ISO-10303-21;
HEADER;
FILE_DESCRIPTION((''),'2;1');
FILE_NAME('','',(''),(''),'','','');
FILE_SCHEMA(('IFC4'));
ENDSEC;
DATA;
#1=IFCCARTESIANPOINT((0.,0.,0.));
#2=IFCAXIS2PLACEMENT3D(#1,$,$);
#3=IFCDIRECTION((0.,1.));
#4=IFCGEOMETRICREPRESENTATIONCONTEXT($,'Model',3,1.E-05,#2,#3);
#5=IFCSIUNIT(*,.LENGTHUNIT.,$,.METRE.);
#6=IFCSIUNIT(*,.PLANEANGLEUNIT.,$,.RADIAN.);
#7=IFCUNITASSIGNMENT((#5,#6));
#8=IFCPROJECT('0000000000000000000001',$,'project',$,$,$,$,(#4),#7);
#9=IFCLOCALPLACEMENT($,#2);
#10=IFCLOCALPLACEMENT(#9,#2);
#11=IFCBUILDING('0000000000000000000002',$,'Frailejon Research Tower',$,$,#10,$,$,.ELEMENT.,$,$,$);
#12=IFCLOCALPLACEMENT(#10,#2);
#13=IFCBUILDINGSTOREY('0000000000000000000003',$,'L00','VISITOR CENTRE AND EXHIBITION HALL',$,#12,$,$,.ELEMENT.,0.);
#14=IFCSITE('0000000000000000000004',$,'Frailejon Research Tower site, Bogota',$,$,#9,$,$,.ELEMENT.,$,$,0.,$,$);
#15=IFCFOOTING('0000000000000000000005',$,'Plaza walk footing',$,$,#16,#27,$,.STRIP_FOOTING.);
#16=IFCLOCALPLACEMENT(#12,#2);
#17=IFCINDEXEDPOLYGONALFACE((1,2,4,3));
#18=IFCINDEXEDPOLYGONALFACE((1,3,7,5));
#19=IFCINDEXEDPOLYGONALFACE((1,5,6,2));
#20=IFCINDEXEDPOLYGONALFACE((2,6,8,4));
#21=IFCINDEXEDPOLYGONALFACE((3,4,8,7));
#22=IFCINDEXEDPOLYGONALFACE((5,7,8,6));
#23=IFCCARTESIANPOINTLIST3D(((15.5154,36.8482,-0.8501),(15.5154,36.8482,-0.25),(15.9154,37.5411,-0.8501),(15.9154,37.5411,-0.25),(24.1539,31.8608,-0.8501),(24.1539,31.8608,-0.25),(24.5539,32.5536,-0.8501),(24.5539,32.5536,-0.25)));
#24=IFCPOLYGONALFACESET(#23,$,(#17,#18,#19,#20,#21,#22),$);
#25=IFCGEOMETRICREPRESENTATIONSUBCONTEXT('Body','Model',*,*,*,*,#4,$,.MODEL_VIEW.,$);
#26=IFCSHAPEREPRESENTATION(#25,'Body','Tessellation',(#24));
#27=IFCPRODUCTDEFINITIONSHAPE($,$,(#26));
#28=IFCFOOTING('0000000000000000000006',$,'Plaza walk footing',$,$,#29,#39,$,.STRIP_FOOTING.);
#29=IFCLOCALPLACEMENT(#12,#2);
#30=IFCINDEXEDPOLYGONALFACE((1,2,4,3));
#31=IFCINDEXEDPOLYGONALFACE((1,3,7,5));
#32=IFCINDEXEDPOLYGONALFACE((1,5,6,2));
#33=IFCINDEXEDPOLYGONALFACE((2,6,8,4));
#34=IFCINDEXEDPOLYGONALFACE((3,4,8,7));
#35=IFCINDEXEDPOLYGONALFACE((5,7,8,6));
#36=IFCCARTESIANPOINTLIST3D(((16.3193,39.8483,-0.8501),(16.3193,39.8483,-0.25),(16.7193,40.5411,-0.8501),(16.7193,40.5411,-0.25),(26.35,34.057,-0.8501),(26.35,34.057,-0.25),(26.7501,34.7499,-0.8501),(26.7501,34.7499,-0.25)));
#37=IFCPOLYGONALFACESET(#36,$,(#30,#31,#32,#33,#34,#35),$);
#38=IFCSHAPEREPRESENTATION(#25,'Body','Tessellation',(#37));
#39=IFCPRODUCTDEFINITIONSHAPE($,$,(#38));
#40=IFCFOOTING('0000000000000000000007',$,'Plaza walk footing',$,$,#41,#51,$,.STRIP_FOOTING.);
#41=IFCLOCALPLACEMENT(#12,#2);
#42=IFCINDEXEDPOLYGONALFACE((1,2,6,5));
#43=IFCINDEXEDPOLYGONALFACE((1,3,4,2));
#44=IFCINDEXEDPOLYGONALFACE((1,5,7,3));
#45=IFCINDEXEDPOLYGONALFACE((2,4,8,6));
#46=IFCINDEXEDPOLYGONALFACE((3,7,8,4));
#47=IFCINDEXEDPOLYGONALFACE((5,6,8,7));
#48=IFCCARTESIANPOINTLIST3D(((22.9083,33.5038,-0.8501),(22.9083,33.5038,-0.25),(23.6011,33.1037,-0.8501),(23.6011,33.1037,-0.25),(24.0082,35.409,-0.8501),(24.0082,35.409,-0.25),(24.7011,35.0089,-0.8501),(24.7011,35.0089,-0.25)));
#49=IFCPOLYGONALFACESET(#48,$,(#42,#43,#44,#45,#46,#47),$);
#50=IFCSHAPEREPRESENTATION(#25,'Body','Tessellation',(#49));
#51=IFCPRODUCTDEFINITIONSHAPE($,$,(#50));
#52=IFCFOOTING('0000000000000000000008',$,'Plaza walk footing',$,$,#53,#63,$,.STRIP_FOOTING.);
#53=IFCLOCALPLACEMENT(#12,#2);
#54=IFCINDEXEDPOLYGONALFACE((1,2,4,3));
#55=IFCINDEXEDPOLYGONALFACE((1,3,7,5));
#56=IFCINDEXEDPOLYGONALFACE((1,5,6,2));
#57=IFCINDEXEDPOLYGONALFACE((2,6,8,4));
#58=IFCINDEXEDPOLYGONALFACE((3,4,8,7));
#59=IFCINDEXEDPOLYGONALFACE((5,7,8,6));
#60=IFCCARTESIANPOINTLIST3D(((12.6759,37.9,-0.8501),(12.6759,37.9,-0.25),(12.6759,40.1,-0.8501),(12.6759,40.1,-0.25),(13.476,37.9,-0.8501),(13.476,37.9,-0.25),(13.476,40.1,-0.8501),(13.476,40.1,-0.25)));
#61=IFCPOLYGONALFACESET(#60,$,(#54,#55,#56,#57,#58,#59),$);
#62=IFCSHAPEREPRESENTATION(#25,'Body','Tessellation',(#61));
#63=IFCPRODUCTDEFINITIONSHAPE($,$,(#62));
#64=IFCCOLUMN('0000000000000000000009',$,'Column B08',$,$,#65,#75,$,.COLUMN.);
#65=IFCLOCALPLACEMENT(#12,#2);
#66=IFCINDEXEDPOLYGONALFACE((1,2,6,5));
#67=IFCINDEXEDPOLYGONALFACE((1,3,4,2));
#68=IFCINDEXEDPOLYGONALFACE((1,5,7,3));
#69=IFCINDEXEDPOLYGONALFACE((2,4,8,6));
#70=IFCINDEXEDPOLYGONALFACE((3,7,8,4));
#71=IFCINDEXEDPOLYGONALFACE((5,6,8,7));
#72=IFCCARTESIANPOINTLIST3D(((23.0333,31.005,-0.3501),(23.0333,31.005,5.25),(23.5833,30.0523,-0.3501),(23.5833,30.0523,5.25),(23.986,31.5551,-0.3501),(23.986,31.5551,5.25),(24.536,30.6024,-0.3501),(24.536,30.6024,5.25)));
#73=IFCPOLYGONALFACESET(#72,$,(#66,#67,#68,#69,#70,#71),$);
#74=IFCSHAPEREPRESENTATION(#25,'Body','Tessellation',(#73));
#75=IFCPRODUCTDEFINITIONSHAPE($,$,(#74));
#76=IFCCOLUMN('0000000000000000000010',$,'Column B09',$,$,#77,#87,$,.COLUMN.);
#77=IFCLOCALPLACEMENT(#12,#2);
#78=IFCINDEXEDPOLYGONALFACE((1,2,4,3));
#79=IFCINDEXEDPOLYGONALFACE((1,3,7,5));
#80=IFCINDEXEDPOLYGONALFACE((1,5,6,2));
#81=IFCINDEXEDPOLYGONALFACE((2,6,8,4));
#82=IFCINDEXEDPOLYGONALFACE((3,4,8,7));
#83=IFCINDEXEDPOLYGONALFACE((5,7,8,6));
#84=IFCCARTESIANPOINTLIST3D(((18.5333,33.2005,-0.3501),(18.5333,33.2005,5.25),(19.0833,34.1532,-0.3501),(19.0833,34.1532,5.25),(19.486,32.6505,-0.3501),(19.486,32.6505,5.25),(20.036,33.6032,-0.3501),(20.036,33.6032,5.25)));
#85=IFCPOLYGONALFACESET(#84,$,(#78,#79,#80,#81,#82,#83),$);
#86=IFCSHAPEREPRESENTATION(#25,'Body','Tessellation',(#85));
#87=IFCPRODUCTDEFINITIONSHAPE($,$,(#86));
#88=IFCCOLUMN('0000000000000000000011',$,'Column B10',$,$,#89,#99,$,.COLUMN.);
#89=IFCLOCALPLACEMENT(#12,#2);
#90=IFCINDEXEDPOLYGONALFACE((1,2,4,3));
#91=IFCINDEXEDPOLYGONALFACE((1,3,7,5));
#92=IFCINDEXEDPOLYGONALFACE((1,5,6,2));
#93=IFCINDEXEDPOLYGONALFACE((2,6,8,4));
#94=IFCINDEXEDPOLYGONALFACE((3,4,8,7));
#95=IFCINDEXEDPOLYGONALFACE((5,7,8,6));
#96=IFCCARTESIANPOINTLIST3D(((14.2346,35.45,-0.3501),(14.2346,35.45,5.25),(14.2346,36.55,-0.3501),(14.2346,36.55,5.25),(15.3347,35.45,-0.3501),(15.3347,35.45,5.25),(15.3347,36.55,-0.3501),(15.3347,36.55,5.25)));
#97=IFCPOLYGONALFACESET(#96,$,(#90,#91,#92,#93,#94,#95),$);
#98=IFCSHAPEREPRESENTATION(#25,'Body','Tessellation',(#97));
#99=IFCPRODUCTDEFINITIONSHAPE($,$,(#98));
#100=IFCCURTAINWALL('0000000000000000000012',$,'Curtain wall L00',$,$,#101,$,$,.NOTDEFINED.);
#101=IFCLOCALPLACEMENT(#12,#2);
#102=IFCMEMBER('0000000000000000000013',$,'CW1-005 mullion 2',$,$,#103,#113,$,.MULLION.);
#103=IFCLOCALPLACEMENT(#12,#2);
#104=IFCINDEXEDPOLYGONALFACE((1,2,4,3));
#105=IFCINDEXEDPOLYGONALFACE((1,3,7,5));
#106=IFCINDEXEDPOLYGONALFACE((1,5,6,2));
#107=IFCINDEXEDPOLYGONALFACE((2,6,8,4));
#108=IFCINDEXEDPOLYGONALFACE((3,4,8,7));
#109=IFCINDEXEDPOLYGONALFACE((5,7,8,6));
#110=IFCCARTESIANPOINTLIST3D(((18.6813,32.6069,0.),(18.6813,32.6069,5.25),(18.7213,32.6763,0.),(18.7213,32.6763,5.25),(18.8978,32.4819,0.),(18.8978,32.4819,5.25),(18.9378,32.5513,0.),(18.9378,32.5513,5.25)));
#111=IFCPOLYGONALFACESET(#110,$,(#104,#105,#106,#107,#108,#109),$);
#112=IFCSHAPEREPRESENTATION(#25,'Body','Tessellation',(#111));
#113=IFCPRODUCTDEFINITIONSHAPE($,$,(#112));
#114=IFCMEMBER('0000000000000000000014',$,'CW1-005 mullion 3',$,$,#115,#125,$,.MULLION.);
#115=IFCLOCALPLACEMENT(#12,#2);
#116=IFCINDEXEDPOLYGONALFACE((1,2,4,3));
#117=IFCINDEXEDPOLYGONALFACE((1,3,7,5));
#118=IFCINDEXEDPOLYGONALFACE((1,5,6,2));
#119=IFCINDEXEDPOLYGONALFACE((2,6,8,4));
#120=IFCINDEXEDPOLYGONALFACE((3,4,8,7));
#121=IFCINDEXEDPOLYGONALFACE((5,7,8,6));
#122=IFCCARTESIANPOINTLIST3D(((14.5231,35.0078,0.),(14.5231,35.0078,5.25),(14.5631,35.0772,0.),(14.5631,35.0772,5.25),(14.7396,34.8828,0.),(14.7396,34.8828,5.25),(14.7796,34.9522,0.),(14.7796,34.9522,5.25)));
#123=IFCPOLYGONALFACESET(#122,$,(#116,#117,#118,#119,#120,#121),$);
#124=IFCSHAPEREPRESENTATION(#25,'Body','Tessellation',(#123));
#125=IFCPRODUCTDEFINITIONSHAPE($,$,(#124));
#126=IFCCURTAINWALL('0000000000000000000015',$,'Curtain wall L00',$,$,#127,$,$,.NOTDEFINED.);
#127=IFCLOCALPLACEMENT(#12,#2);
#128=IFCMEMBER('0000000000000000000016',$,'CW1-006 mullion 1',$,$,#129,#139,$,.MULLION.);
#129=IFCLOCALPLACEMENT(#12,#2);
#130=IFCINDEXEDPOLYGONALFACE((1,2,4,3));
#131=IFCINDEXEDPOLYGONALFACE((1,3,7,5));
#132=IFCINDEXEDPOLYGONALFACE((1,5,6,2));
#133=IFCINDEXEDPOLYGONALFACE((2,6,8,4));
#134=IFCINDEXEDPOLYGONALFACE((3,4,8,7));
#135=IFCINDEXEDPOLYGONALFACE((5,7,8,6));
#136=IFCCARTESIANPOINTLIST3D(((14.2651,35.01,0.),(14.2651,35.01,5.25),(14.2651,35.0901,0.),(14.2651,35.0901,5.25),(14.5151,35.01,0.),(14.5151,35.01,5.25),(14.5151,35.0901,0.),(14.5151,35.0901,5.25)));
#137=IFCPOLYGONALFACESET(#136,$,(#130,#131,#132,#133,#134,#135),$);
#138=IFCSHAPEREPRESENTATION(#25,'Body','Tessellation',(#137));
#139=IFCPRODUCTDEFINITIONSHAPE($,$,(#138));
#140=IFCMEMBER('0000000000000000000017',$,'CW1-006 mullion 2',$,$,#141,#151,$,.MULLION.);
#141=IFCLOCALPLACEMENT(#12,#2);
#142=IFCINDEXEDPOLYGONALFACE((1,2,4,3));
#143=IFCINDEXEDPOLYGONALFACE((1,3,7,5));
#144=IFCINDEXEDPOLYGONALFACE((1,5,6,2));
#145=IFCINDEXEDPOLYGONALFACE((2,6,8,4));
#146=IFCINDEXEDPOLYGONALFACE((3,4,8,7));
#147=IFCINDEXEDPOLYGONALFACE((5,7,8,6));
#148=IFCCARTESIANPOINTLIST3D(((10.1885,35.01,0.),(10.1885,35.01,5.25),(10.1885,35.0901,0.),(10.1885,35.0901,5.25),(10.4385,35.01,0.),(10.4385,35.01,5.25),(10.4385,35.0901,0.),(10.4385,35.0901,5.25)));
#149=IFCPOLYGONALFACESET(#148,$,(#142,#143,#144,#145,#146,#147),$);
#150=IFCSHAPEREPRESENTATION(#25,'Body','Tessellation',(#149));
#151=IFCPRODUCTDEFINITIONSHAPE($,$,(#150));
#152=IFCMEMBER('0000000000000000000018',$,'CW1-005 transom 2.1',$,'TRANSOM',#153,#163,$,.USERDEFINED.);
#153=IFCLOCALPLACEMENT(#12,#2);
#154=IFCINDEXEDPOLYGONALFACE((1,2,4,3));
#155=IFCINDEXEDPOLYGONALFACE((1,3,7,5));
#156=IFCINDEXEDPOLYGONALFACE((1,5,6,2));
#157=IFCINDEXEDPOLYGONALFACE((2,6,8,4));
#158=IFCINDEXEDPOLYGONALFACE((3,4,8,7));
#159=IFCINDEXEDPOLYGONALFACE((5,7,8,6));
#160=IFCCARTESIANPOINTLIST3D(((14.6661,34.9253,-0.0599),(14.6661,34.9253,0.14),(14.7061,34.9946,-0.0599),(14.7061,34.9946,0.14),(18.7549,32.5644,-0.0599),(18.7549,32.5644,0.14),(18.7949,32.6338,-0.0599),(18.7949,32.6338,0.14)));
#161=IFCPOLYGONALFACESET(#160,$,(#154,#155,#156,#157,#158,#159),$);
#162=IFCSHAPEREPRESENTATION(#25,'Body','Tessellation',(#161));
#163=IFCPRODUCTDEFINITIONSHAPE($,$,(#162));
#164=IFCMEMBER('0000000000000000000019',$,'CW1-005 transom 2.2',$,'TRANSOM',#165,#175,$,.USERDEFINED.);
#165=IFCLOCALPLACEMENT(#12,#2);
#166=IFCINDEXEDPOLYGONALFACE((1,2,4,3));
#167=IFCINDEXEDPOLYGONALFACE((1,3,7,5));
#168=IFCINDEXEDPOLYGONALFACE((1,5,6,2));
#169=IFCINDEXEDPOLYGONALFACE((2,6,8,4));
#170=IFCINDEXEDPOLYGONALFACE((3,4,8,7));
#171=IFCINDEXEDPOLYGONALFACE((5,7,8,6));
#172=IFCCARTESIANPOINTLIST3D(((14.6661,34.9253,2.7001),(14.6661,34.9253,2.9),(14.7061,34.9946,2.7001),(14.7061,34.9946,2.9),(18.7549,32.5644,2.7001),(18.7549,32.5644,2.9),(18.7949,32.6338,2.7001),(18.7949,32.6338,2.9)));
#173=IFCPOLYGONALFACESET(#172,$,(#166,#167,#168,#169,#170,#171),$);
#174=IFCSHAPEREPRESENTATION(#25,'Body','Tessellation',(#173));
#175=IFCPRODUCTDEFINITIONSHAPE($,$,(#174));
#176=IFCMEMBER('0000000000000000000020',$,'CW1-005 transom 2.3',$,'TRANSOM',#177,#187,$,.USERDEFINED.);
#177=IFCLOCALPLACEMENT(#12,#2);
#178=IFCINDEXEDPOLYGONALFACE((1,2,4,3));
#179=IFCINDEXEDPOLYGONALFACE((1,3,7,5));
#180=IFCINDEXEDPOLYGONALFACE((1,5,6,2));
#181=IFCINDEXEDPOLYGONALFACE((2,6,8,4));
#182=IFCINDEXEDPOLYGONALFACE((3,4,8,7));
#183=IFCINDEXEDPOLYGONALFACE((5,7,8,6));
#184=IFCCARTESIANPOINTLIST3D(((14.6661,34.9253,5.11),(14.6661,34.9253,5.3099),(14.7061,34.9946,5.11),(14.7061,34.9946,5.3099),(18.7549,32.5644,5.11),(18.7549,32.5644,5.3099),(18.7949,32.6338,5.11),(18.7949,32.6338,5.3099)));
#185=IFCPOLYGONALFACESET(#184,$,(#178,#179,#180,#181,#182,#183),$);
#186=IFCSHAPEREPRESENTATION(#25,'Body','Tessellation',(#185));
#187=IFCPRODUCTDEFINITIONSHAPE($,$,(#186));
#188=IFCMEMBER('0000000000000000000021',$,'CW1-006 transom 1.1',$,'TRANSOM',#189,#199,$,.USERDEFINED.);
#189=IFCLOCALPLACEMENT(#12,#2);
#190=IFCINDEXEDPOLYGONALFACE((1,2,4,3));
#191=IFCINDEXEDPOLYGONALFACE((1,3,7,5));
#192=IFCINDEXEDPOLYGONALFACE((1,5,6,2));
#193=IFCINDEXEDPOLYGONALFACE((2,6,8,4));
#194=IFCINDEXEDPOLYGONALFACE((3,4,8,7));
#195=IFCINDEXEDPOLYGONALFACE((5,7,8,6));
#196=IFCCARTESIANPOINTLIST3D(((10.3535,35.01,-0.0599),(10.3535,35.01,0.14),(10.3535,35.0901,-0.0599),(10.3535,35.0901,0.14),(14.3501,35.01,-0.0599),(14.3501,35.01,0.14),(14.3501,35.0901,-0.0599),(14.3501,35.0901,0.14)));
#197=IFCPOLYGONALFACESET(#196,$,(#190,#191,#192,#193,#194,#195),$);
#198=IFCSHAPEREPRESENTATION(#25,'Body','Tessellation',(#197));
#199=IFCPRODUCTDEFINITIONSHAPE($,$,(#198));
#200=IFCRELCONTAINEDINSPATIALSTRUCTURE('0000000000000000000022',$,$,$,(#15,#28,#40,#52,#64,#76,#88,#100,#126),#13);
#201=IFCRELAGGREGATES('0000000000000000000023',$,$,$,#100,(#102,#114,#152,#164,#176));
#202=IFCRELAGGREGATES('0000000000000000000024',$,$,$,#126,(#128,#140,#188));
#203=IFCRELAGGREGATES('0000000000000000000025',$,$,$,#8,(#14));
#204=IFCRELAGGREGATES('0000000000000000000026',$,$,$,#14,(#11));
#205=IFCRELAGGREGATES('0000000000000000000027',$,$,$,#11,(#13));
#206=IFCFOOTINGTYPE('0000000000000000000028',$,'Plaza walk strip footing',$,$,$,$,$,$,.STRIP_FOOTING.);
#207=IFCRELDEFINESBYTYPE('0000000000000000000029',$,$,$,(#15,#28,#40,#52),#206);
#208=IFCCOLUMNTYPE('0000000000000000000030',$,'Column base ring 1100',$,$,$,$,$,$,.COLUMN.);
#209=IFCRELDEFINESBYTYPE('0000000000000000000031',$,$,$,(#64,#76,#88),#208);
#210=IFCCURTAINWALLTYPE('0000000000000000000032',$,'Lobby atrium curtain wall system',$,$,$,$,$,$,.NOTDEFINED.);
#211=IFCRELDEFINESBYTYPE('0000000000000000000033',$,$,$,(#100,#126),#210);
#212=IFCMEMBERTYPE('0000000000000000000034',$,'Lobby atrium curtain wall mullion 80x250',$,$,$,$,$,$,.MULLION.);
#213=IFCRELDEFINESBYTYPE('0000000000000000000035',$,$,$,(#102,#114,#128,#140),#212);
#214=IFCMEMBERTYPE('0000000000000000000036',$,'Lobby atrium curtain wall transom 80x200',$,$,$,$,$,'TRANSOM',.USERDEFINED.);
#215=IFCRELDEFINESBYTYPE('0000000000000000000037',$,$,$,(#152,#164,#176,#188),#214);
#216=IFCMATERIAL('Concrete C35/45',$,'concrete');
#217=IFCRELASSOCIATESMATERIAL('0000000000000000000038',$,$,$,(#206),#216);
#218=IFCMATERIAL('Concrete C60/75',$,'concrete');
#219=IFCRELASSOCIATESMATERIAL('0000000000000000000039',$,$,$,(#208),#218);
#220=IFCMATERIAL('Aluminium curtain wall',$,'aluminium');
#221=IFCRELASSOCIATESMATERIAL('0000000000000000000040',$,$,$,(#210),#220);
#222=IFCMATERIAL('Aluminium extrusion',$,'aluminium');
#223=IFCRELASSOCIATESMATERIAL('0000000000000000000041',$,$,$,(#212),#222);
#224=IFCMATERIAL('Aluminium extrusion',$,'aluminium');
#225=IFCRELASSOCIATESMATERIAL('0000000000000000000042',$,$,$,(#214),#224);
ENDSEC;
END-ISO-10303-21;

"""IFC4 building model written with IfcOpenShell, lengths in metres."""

from ifc_helpers import new_model, si_unit, direction, frame, origin, origin_2d, place, context, subcontext, project, spatial, rectangle, extrude, material, material_profile, profile_set, type_object, element, aggregate, save


model = new_model("IFC4")

# Units and contexts
model_context = context("Model", 3, precision=1e-05, world=origin(), true_north=direction((0.0, 1.0)))
body_context = subcontext(model_context, "Body", "Model", "MODEL_VIEW")
ifc_project = project(units=[si_unit("LENGTHUNIT", "METRE"), si_unit("PLANEANGLEUNIT", "RADIAN")], contexts=[model_context])

# Site, building, storey
site_placement = place(None, origin())
site = spatial("IfcSite", under=ifc_project, at=site_placement, Name="Frailejon Research Tower site, Bogota", CompositionType="ELEMENT", RefElevation=0.0)
building_placement = place(site_placement, origin())
building = spatial("IfcBuilding", under=site, at=building_placement, Name="Frailejon Research Tower", CompositionType="ELEMENT")
storey_placement = place(building_placement, origin())
storey = spatial("IfcBuildingStorey", under=building, at=storey_placement, Name="L00", Description="VISITOR CENTRE AND EXHIBITION HALL", CompositionType="ELEMENT", Elevation=0.0)

# Footings
ifc_material_1 = material(Name="Concrete C35/45", Category="concrete")
footing_type = type_object("IfcFootingType", Name="Plaza walk strip footing", PredefinedType="STRIP_FOOTING", material=ifc_material_1)
footing_1_placement = place(storey_placement, frame((20.0347, 34.7009, -0.8501), z_axis=(0.0, 0.0, 1.0), x_axis=(0.5, 0.866025, 0.0)))
element("IfcFooting", 1, at=footing_1_placement, inside=storey, type_object=footing_type, Name="Plaza walk footing", PredefinedType="STRIP_FOOTING", context=body_context, shape_type="SweptSolid", body=[
    extrude(rectangle(XDim=0.8, YDim=9.9749, at=origin_2d()), origin(), (0.0, 0.0, 1.0), 0.6001),
])
footing_2_placement = place(storey_placement, frame((21.5347, 37.2991, -0.8501), z_axis=(0.0, 0.0, 1.0), x_axis=(0.5, 0.866025, 0.0)))
element("IfcFooting", 2, at=footing_2_placement, inside=storey, type_object=footing_type, Name="Plaza walk footing", PredefinedType="STRIP_FOOTING", context=body_context, shape_type="SweptSolid", body=[
    extrude(rectangle(XDim=0.8, YDim=11.5825, at=origin_2d()), origin(), (0.0, 0.0, 1.0), 0.6001),
])
for number, where, z_axis, x_axis, name in (
    (3, (23.8047, 34.2563, -0.8501), (0.0, 0.0, 1.0), (0.866025, -0.5, 0.0), "Plaza walk footing"),
    (4, (13.0759, 39.0, -0.8501), (0.0, 0.0, 1.0), (1.0, 0.0, 0.0), "Plaza walk footing"),
):
    element("IfcFooting", number, at=place(storey_placement, frame(where, z_axis=z_axis, x_axis=x_axis)), inside=storey, type_object=footing_type, Name=name, PredefinedType="STRIP_FOOTING", context=body_context, shape_type="SweptSolid", body=[
        extrude(rectangle(XDim=0.8, YDim=2.2, at=origin_2d()), origin(), (0.0, 0.0, 1.0), 0.6001),
    ])

# Columns
ifc_material_2 = material(Name="Concrete C60/75", Category="concrete")
ifc_material_profile_1 = material_profile(ifc_material_2, rectangle(XDim=1.1001, YDim=1.1001, at=origin_2d()), Name="Column base ring 1100")
ifc_profile_set_1 = profile_set([ifc_material_profile_1], Name="Concrete C60/75")
column_type = type_object("IfcColumnType", Name="Column base ring 1100", PredefinedType="COLUMN", material=ifc_profile_set_1)
for number, where, z_axis, x_axis, name in (
    (5, (23.7847, 30.8037, -0.3501), (0.0, 0.0, 1.0), (-0.5, 0.866025, 0.0), "Column B08"),
    (6, (19.2847, 33.4019, -0.3501), (0.0, 0.0, 1.0), (-0.866025, 0.5, 0.0), "Column B09"),
    (7, (14.7847, 36.0, -0.3501), (0.0, 0.0, 1.0), (-1.0, 0.0, 0.0), "Column B10"),
):
    element("IfcColumn", number, at=place(storey_placement, frame(where, z_axis=z_axis, x_axis=x_axis)), inside=storey, type_object=column_type, Name=name, PredefinedType="COLUMN", context=body_context, shape_type="SweptSolid", body=[
        extrude(rectangle(XDim=1.1001, YDim=1.1001, at=origin_2d()), origin(), (0.0, 0.0, 1.0), 5.6001),
    ])

# Curtain walls, members
ifc_material_3 = material(Name="Aluminium curtain wall", Category="aluminium")
curtain_wall_type = type_object("IfcCurtainWallType", Name="Lobby atrium curtain wall system", PredefinedType="NOTDEFINED", material=ifc_material_3)
curtain_wall_1_placement = place(storey_placement, origin())
curtain_wall_1 = element("IfcCurtainWall", 8, at=curtain_wall_1_placement, inside=storey, type_object=curtain_wall_type, Name="Curtain wall L00", PredefinedType="NOTDEFINED")
ifc_material_4 = material(Name="Aluminium extrusion", Category="aluminium")
ifc_material_profile_2 = material_profile(ifc_material_4, rectangle(XDim=0.0801, YDim=0.25, at=origin_2d()), Name="Lobby atrium curtain wall mullion 80x250")
ifc_profile_set_2 = profile_set([ifc_material_profile_2], Name="Aluminium extrusion")
member_type_1 = type_object("IfcMemberType", Name="Lobby atrium curtain wall mullion 80x250", PredefinedType="MULLION", material=ifc_profile_set_2)
member_1_placement = place(storey_placement, frame((18.8096, 32.5791, 0.0), z_axis=(0.0, 0.0, 1.0), x_axis=(-0.5, -0.866025, 0.0)))
member_1 = element("IfcMember", 9, at=member_1_placement, type_object=member_type_1, Name="CW1-005 mullion 2", PredefinedType="MULLION", context=body_context, shape_type="SweptSolid", body=[
    extrude(rectangle(XDim=0.0801, YDim=0.25, at=origin_2d()), origin(), (0.0, 0.0, 1.0), 5.25),
])
member_2_placement = place(storey_placement, frame((14.6514, 34.98, 0.0), z_axis=(0.0, 0.0, 1.0), x_axis=(-0.5, -0.866025, 0.0)))
member_2 = element("IfcMember", 10, at=member_2_placement, type_object=member_type_1, Name="CW1-005 mullion 3", PredefinedType="MULLION", context=body_context, shape_type="SweptSolid", body=[
    extrude(rectangle(XDim=0.0801, YDim=0.25, at=origin_2d()), origin(), (0.0, 0.0, 1.0), 5.25),
])
curtain_wall_2_placement = place(storey_placement, origin())
curtain_wall_2 = element("IfcCurtainWall", 11, at=curtain_wall_2_placement, inside=storey, type_object=curtain_wall_type, Name="Curtain wall L00", PredefinedType="NOTDEFINED")
member_3_placement = place(storey_placement, frame((14.3901, 35.05, 0.0), z_axis=(0.0, 0.0, 1.0), x_axis=(0.0, -1.0, 0.0)))
member_3 = element("IfcMember", 12, at=member_3_placement, type_object=member_type_1, Name="CW1-006 mullion 1", PredefinedType="MULLION", context=body_context, shape_type="SweptSolid", body=[
    extrude(rectangle(XDim=0.0801, YDim=0.25, at=origin_2d()), origin(), (0.0, 0.0, 1.0), 5.25),
])
member_4_placement = place(storey_placement, frame((10.3135, 35.05, 0.0), z_axis=(0.0, 0.0, 1.0), x_axis=(0.0, -1.0, 0.0)))
member_4 = element("IfcMember", 13, at=member_4_placement, type_object=member_type_1, Name="CW1-006 mullion 2", PredefinedType="MULLION", context=body_context, shape_type="SweptSolid", body=[
    extrude(rectangle(XDim=0.0801, YDim=0.25, at=origin_2d()), origin(), (0.0, 0.0, 1.0), 5.25),
])

# Members
ifc_material_5 = material(Name="Aluminium extrusion", Category="aluminium")
ifc_material_profile_3 = material_profile(ifc_material_5, rectangle(XDim=0.0801, YDim=0.2, at=origin_2d()), Name="Lobby atrium curtain wall transom 80x200")
ifc_profile_set_3 = profile_set([ifc_material_profile_3], Name="Aluminium extrusion")
member_type_2 = type_object("IfcMemberType", Name="Lobby atrium curtain wall transom 80x200", ElementType="TRANSOM", PredefinedType="USERDEFINED", material=ifc_profile_set_3)
member_5_placement = place(storey_placement, frame((18.7749, 32.5991, 0.04), z_axis=(-0.866013, 0.500021, 0.0), x_axis=(-0.500021, -0.866013, 0.0)))
member_5 = element("IfcMember", 14, at=member_5_placement, type_object=member_type_2, Name="CW1-005 transom 2.1", ObjectType="TRANSOM", PredefinedType="USERDEFINED", context=body_context, shape_type="SweptSolid", body=[
    extrude(rectangle(XDim=0.0801, YDim=0.2, at=origin_2d()), origin(), (0.0, 0.0, 1.0), 4.7214),
])
member_6_placement = place(storey_placement, frame((18.7749, 32.5991, 2.8), z_axis=(-0.866013, 0.500021, 0.0), x_axis=(-0.500021, -0.866013, 0.0)))
member_6 = element("IfcMember", 15, at=member_6_placement, type_object=member_type_2, Name="CW1-005 transom 2.2", ObjectType="TRANSOM", PredefinedType="USERDEFINED", context=body_context, shape_type="SweptSolid", body=[
    extrude(rectangle(XDim=0.0801, YDim=0.2, at=origin_2d()), origin(), (0.0, 0.0, 1.0), 4.7214),
])
member_7_placement = place(storey_placement, frame((18.7749, 32.5991, 5.21), z_axis=(-0.866013, 0.500021, 0.0), x_axis=(-0.500021, -0.866013, 0.0)))
member_7 = element("IfcMember", 16, at=member_7_placement, type_object=member_type_2, Name="CW1-005 transom 2.3", ObjectType="TRANSOM", PredefinedType="USERDEFINED", context=body_context, shape_type="SweptSolid", body=[
    extrude(rectangle(XDim=0.0801, YDim=0.2, at=origin_2d()), origin(), (0.0, 0.0, 1.0), 4.7214),
])
member_8_placement = place(storey_placement, frame((14.3501, 35.05, 0.04), z_axis=(-1.0, 0.0, 0.0), x_axis=(0.0, -1.0, 0.0)))
member_8 = element("IfcMember", 17, at=member_8_placement, type_object=member_type_2, Name="CW1-006 transom 1.1", ObjectType="TRANSOM", PredefinedType="USERDEFINED", context=body_context, shape_type="SweptSolid", body=[
    extrude(rectangle(XDim=0.0801, YDim=0.2, at=origin_2d()), origin(), (0.0, 0.0, 1.0), 3.9966),
])

aggregate(curtain_wall_1, [member_1, member_2, member_5, member_6, member_7])
aggregate(curtain_wall_2, [member_3, member_4, member_8])

save(model, "model.ifc")
